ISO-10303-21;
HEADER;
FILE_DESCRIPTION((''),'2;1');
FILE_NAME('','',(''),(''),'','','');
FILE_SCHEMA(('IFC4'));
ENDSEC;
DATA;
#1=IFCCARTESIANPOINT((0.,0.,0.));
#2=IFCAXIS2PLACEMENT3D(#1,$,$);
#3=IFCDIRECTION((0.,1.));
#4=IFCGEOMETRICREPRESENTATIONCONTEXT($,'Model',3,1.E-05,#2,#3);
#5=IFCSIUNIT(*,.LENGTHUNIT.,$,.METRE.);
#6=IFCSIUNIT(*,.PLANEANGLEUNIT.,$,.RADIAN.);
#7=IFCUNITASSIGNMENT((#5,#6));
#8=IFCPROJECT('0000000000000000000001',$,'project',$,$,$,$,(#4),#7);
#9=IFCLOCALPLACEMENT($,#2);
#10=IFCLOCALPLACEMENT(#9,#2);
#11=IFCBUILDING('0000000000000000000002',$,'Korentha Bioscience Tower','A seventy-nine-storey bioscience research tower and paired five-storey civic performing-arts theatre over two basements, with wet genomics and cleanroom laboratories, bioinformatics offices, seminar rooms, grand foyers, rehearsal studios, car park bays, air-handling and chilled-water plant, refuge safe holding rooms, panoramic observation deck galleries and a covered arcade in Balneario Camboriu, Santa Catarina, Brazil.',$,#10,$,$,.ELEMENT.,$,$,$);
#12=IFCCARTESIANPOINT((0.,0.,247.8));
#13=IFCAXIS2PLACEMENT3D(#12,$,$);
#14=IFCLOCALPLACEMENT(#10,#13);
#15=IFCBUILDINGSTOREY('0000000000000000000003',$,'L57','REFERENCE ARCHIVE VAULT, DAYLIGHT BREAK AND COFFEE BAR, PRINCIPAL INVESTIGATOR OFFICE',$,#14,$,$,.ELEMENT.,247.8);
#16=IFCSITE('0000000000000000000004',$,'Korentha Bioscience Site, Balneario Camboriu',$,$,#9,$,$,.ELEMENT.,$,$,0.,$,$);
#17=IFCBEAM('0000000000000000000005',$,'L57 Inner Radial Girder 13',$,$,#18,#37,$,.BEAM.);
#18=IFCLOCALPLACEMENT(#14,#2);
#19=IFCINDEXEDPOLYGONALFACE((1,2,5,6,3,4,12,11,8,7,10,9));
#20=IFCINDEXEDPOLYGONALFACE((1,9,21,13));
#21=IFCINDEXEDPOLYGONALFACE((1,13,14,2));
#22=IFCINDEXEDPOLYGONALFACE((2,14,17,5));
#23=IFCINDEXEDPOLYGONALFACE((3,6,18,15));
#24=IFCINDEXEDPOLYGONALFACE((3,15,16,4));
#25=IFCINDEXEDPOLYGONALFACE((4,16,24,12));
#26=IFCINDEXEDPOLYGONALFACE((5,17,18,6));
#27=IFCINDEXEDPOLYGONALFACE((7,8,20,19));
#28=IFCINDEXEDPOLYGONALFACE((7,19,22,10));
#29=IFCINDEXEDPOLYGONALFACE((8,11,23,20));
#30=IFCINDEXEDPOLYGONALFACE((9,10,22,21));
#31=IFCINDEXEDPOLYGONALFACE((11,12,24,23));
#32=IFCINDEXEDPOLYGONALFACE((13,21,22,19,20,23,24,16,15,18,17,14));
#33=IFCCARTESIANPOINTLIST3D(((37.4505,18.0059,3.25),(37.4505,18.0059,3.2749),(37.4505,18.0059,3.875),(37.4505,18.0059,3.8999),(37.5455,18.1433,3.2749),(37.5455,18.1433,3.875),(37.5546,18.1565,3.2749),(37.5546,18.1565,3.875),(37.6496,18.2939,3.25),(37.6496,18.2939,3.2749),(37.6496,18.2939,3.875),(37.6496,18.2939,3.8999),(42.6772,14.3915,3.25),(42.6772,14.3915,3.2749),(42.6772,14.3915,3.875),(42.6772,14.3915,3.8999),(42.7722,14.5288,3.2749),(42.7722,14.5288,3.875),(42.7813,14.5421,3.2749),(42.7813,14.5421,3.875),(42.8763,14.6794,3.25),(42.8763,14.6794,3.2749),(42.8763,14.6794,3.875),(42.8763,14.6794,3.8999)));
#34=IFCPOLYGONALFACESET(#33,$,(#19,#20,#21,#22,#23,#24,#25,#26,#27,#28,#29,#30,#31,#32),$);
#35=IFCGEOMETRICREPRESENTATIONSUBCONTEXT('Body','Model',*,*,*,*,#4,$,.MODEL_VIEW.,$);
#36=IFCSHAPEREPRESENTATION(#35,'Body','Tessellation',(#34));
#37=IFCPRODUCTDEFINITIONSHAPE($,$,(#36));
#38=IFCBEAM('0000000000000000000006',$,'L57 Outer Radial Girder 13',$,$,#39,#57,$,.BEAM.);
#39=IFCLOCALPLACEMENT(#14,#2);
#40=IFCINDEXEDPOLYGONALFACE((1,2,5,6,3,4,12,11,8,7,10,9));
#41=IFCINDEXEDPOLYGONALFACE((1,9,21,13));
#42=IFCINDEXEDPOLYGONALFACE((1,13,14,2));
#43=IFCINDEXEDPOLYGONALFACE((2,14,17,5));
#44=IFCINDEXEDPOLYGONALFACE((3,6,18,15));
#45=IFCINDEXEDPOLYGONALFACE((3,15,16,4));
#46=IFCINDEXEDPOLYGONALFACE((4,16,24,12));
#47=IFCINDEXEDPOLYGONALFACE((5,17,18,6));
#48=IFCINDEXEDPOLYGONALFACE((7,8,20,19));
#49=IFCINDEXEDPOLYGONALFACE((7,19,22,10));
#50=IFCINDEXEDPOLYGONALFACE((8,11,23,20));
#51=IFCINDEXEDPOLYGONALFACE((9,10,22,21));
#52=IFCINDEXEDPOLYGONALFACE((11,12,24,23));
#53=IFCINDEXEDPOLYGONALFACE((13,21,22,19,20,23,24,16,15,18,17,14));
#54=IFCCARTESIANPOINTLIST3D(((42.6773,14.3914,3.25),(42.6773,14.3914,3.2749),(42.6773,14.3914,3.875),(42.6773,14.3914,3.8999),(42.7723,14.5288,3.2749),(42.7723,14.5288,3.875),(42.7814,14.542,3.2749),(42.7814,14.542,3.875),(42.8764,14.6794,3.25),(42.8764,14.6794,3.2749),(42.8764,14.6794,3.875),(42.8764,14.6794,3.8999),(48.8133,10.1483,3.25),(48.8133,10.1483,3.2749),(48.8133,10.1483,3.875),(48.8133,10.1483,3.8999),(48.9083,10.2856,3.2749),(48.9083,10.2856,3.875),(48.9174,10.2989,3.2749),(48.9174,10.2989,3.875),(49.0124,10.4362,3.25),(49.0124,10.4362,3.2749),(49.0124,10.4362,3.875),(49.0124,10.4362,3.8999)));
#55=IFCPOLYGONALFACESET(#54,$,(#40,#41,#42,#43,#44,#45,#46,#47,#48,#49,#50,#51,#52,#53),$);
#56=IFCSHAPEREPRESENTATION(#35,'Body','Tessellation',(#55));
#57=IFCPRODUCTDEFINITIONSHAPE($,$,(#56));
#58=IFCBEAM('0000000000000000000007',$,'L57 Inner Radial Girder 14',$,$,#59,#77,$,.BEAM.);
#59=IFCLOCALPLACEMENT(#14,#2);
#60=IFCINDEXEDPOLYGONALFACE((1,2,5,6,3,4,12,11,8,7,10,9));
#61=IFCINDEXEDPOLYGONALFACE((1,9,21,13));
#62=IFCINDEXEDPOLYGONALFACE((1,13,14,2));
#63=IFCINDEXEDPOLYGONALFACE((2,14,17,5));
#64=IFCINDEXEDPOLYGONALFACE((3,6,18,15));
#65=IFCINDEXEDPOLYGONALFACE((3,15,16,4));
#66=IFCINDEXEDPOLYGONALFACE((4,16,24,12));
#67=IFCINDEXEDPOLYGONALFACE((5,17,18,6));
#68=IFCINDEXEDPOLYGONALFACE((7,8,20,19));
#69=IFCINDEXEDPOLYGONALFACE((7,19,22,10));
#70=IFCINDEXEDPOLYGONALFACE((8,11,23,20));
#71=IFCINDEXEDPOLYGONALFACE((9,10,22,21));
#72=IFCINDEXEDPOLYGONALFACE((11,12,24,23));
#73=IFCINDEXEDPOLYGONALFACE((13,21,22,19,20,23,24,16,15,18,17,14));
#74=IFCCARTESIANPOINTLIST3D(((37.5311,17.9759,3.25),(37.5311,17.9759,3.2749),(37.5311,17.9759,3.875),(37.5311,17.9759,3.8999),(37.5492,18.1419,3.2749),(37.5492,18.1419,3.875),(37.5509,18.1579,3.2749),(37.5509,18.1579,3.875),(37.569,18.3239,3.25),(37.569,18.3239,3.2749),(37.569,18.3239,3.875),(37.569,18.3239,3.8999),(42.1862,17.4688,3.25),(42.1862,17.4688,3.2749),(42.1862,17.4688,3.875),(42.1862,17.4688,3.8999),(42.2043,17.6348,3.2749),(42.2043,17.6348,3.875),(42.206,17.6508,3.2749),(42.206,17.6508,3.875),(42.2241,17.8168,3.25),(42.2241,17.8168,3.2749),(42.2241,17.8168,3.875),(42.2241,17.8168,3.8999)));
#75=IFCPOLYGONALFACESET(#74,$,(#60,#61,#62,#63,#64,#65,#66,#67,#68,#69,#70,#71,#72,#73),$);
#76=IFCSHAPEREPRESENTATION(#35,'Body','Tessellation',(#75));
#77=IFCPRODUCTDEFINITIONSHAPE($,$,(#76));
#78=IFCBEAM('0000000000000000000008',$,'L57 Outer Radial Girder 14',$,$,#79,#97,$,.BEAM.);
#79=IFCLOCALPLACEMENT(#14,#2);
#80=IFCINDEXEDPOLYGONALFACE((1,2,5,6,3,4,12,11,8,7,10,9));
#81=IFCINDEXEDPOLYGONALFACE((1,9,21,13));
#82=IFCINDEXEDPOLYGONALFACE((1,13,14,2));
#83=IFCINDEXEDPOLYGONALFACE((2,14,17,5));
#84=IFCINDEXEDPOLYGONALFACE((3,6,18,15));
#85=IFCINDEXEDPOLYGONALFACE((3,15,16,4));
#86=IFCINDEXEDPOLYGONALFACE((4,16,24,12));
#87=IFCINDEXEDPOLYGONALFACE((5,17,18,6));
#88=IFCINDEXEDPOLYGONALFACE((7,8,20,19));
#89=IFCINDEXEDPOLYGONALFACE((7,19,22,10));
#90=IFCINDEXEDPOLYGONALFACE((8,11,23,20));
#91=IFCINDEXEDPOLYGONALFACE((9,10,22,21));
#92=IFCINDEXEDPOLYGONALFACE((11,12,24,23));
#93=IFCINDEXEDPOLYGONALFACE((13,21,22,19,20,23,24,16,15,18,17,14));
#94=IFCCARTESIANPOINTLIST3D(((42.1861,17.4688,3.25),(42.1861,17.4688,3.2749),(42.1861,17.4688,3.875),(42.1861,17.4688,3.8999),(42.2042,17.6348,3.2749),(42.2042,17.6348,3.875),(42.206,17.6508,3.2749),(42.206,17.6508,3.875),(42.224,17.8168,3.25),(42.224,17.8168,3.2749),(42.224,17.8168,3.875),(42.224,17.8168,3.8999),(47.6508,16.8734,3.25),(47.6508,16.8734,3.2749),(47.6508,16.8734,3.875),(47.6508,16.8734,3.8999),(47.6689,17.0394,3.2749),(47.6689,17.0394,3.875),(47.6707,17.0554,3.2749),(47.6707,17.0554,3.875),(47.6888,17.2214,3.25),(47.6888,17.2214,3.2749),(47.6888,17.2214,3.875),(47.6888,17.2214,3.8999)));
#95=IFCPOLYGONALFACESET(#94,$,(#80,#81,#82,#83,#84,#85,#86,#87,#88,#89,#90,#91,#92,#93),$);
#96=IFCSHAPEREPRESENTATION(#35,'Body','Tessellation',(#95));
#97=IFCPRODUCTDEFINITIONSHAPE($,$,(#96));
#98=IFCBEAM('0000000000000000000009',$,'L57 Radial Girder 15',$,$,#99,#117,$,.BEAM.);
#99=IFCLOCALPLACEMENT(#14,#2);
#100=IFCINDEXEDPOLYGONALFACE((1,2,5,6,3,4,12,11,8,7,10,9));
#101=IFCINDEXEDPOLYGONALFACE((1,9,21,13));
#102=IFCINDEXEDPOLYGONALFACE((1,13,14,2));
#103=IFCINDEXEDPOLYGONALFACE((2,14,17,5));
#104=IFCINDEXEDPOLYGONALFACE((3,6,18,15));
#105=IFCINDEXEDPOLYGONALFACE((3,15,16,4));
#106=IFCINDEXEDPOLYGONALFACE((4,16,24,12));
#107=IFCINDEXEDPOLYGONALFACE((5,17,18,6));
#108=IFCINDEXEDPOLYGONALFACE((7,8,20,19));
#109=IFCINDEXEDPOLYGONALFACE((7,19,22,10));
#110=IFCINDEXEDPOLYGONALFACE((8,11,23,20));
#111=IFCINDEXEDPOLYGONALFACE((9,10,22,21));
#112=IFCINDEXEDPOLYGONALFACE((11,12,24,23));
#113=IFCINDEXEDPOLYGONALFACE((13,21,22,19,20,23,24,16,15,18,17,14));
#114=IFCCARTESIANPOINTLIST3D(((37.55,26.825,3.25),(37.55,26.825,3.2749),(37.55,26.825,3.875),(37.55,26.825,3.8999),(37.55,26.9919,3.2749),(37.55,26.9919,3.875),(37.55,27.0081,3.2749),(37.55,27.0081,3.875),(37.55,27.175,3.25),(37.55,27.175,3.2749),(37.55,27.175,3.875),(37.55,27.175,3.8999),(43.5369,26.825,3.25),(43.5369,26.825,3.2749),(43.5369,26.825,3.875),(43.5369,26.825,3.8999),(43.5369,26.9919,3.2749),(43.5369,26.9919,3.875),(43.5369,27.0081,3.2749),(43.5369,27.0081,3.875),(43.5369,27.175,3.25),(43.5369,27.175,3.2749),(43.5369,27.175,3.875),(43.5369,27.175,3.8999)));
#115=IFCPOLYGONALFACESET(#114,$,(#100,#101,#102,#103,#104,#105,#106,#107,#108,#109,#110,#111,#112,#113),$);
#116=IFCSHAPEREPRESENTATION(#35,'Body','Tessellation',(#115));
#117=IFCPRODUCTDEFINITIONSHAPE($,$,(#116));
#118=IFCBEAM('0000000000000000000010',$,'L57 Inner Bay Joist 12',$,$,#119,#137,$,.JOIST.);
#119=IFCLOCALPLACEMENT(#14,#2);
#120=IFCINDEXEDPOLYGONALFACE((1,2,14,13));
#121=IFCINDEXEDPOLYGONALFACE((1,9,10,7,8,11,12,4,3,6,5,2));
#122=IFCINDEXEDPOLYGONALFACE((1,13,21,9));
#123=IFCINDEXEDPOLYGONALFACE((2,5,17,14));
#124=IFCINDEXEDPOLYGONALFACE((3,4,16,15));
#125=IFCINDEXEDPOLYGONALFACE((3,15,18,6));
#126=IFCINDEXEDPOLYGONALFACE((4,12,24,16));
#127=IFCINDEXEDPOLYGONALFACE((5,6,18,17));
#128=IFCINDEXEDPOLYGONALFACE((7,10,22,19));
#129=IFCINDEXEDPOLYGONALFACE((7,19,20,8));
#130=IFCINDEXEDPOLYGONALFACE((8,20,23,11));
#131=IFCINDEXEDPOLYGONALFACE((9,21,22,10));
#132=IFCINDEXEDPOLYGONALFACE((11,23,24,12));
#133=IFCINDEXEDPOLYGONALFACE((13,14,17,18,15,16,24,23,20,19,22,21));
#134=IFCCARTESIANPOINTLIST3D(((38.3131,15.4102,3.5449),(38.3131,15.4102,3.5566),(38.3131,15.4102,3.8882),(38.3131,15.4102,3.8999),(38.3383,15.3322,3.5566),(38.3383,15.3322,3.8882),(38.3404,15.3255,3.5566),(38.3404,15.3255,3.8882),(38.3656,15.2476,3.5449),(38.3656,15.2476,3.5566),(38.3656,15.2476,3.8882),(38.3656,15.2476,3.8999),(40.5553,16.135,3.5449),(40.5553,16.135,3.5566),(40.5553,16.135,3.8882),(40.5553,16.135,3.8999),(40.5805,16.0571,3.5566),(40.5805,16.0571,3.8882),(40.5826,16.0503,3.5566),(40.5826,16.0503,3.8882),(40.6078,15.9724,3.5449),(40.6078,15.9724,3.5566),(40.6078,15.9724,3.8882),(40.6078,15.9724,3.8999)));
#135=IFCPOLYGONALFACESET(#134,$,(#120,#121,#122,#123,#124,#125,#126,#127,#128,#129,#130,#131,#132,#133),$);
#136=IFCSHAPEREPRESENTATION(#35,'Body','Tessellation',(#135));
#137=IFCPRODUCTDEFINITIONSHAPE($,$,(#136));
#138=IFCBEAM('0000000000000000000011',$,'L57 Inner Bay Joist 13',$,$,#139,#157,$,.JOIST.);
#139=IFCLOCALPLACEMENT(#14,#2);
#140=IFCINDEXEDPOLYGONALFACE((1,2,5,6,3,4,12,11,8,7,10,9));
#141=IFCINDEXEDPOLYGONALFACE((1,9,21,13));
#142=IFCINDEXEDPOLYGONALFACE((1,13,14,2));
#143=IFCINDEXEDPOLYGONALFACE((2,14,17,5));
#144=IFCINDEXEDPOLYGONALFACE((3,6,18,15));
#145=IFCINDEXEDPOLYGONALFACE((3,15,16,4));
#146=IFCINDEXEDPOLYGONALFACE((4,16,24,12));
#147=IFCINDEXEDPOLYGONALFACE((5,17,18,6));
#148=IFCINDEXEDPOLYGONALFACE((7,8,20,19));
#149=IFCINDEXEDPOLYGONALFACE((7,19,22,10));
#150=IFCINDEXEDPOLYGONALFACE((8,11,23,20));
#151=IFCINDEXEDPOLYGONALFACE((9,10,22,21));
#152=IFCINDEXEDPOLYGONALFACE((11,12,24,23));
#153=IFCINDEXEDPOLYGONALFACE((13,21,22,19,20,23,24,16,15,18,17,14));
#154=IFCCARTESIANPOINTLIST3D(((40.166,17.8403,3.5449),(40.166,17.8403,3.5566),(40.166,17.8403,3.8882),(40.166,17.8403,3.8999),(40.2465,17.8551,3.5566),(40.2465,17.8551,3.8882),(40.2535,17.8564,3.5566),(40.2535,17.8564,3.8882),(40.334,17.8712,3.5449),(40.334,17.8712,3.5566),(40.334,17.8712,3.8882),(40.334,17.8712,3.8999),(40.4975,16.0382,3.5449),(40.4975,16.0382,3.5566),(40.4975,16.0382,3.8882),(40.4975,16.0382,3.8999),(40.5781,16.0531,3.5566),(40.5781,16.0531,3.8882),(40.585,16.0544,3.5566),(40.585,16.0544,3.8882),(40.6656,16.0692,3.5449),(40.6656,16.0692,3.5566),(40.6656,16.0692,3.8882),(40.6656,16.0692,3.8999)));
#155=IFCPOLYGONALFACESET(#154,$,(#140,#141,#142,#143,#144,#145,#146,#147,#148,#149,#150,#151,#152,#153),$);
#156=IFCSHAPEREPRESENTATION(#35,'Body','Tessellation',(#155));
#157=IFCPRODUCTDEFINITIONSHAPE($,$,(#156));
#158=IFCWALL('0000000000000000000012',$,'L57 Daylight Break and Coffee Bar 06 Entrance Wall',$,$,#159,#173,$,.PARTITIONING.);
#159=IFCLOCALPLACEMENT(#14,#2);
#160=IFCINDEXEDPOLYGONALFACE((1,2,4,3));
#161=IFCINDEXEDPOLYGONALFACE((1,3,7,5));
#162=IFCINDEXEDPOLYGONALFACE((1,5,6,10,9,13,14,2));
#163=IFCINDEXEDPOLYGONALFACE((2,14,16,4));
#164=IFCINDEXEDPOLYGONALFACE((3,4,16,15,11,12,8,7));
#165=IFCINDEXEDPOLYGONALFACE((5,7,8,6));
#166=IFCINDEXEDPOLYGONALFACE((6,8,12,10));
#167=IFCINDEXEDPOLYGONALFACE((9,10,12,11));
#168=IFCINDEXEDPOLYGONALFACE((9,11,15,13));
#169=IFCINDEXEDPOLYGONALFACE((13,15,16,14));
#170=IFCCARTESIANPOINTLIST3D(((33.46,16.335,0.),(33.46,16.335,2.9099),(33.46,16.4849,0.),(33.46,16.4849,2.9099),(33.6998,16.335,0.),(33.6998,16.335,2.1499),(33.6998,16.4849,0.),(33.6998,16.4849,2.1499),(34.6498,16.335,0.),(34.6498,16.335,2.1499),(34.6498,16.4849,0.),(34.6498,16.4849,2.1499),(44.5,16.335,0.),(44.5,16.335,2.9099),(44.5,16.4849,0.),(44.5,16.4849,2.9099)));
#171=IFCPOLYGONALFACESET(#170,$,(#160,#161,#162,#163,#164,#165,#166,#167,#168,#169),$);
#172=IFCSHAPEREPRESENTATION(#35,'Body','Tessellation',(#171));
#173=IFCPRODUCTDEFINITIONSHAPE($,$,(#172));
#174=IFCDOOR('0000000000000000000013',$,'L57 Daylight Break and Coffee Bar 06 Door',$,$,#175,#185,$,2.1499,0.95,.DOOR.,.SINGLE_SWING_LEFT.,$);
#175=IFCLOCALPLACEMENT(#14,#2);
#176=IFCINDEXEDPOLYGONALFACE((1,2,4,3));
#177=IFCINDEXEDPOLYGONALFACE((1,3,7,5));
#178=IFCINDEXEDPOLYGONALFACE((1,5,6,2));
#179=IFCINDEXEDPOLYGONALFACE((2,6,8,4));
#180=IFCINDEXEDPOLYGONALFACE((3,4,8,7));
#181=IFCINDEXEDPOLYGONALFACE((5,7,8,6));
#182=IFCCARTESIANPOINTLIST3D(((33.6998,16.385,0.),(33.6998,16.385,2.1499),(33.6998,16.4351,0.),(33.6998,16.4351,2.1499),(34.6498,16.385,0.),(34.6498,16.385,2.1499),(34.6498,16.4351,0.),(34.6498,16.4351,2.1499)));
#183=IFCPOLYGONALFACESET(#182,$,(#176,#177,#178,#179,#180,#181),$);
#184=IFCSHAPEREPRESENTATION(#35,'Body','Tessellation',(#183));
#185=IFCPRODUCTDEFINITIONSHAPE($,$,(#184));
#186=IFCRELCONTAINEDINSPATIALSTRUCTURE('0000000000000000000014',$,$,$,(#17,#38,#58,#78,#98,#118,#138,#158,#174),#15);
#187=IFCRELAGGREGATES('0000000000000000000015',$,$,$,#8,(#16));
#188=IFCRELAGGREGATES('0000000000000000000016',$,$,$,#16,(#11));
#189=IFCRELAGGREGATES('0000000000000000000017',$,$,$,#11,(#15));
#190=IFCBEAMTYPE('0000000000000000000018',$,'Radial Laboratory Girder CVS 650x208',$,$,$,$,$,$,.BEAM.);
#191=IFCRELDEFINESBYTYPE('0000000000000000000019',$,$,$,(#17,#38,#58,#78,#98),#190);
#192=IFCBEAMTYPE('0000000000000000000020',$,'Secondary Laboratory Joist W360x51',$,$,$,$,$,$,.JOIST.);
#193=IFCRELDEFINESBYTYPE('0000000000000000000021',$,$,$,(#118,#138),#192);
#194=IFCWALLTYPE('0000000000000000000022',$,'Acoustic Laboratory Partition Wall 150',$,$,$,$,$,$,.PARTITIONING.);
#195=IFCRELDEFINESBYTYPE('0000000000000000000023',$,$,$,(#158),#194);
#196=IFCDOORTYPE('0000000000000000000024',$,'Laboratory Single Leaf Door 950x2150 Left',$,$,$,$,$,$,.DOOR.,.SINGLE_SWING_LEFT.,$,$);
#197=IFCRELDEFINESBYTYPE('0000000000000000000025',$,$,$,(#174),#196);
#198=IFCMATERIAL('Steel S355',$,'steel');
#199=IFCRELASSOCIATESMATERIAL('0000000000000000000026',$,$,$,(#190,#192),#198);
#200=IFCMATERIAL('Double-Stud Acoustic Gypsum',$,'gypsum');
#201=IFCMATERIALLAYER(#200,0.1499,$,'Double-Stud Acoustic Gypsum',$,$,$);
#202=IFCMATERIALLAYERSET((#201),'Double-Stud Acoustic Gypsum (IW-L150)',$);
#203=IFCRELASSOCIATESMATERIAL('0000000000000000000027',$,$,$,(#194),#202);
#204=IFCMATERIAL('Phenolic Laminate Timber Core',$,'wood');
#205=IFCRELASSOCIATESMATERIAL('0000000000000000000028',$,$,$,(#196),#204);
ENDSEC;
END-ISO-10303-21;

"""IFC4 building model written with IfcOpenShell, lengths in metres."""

from ifc_helpers import new_model, si_unit, direction, frame, frame_2d, origin, origin_2d, place, context, subcontext, project, spatial, rectangle, i_section, extrude, material, layer, layer_set, material_profile, profile_set, type_object, element, fill, save


model = new_model("IFC4")

# Units and contexts
model_context = context("Model", 3, precision=1e-05, world=origin(), true_north=direction((0.0, 1.0)))
body_context = subcontext(model_context, "Body", "Model", "MODEL_VIEW")
ifc_project = project(units=[si_unit("LENGTHUNIT", "METRE"), si_unit("PLANEANGLEUNIT", "RADIAN")], contexts=[model_context])

# Site, building, storey
site_placement = place(None, origin())
site = spatial("IfcSite", under=ifc_project, at=site_placement, Name="Korentha Bioscience Site, Balneario Camboriu", CompositionType="ELEMENT", RefElevation=0.0)
building_placement = place(site_placement, origin())
building = spatial("IfcBuilding", under=site, at=building_placement, Name="Korentha Bioscience Tower", Description="A seventy-nine-storey bioscience research tower and paired five-storey civic performing-arts theatre over two basements, with wet genomics and cleanroom laboratories, bioinformatics offices, seminar rooms, grand foyers, rehearsal studios, car park bays, air-handling and chilled-water plant, refuge safe holding rooms, panoramic observation deck galleries and a covered arcade in Balneario Camboriu, Santa Catarina, Brazil.", CompositionType="ELEMENT")
storey_placement = place(building_placement, frame((0.0, 0.0, 247.8)))
storey = spatial("IfcBuildingStorey", under=building, at=storey_placement, Name="L57", Description="REFERENCE ARCHIVE VAULT, DAYLIGHT BREAK AND COFFEE BAR, PRINCIPAL INVESTIGATOR OFFICE", CompositionType="ELEMENT", Elevation=247.8)

# Beams
ifc_material_1 = material(Name="Steel S355", Category="steel")
ifc_material_profile_1 = material_profile(ifc_material_1, i_section(OverallWidth=0.3501, OverallDepth=0.6499, WebThickness=0.0161, FlangeThickness=0.0249, at=origin_2d()), Name="Steel S355")
ifc_profile_set_1 = profile_set([ifc_material_profile_1], Name="Steel S355 (RB-650)")
beam_type_1 = type_object("IfcBeamType", Name="Radial Laboratory Girder CVS 650x208", PredefinedType="BEAM", material=ifc_profile_set_1)
beam_1_placement = place(storey_placement, frame((37.55, 18.1499, 3.575), z_axis=(0.822491, -0.568778, 0.0), x_axis=(0.568778, 0.822491, 0.0)))
element("IfcBeam", 1, at=beam_1_placement, inside=storey, type_object=beam_type_1, Name="L57 Inner Radial Girder 13", PredefinedType="BEAM", context=body_context, shape_type="SweptSolid", body=[
    extrude(i_section(OverallWidth=0.3501, OverallDepth=0.6499, WebThickness=0.0161, FlangeThickness=0.0249, at=origin_2d()), origin(), (0.0, 0.0, 1.0), 6.3547),
])
beam_2_placement = place(storey_placement, frame((42.7769, 14.5354, 3.575), z_axis=(0.822495, -0.568773, 0.0), x_axis=(0.568773, 0.822495, 0.0)))
element("IfcBeam", 2, at=beam_2_placement, inside=storey, type_object=beam_type_1, Name="L57 Outer Radial Girder 13", PredefinedType="BEAM", context=body_context, shape_type="SweptSolid", body=[
    extrude(i_section(OverallWidth=0.3501, OverallDepth=0.6499, WebThickness=0.0161, FlangeThickness=0.0249, at=origin_2d()), origin(), (0.0, 0.0, 1.0), 7.4602),
])
beam_3_placement = place(storey_placement, frame((37.55, 18.1499, 3.575), z_axis=(0.994119, -0.108291, 0.0), x_axis=(0.108291, 0.994119, 0.0)))
element("IfcBeam", 3, at=beam_3_placement, inside=storey, type_object=beam_type_1, Name="L57 Inner Radial Girder 14", PredefinedType="BEAM", context=body_context, shape_type="SweptSolid", body=[
    extrude(i_section(OverallWidth=0.3501, OverallDepth=0.6499, WebThickness=0.0161, FlangeThickness=0.0249, at=origin_2d()), origin(), (0.0, 0.0, 1.0), 4.6826),
])
beam_4_placement = place(storey_placement, frame((42.2051, 17.6428, 3.575), z_axis=(0.994116, -0.108321, 0.0), x_axis=(0.108321, 0.994116, 0.0)))
element("IfcBeam", 4, at=beam_4_placement, inside=storey, type_object=beam_type_1, Name="L57 Outer Radial Girder 14", PredefinedType="BEAM", context=body_context, shape_type="SweptSolid", body=[
    extrude(i_section(OverallWidth=0.3501, OverallDepth=0.6499, WebThickness=0.0161, FlangeThickness=0.0249, at=origin_2d()), origin(), (0.0, 0.0, 1.0), 5.4971),
])
beam_5_placement = place(storey_placement, frame((37.55, 27.0, 3.575), z_axis=(1.0, 0.0, 0.0), x_axis=(0.0, 1.0, 0.0)))
element("IfcBeam", 5, at=beam_5_placement, inside=storey, type_object=beam_type_1, Name="L57 Radial Girder 15", PredefinedType="BEAM", context=body_context, shape_type="SweptSolid", body=[
    extrude(i_section(OverallWidth=0.3501, OverallDepth=0.6499, WebThickness=0.0161, FlangeThickness=0.0249, at=origin_2d()), origin(), (0.0, 0.0, 1.0), 5.9868),
])
ifc_material_profile_2 = material_profile(ifc_material_1, i_section(OverallWidth=0.1709, OverallDepth=0.355, WebThickness=0.0071, FlangeThickness=0.0117, at=origin_2d()), Name="Steel S355")
ifc_profile_set_2 = profile_set([ifc_material_profile_2], Name="Steel S355 (JB-360)")
beam_type_2 = type_object("IfcBeamType", Name="Secondary Laboratory Joist W360x51", PredefinedType="JOIST", material=ifc_profile_set_2)
beam_6_placement = place(storey_placement, frame((38.3394, 15.3289, 3.7224), z_axis=(0.951514, 0.307605, 0.0), x_axis=(-0.307605, 0.951514, 0.0)))
element("IfcBeam", 6, at=beam_6_placement, inside=storey, type_object=beam_type_2, Name="L57 Inner Bay Joist 12", PredefinedType="JOIST", context=body_context, shape_type="SweptSolid", body=[
    extrude(i_section(OverallWidth=0.1709, OverallDepth=0.355, WebThickness=0.0071, FlangeThickness=0.0117, at=origin_2d()), origin(), (0.0, 0.0, 1.0), 2.3564),
])
beam_7_placement = place(storey_placement, frame((40.5815, 16.0537, 3.7224), z_axis=(-0.180949, 0.983493, 0.0), x_axis=(-0.983493, -0.180949, 0.0)))
element("IfcBeam", 7, at=beam_7_placement, inside=storey, type_object=beam_type_2, Name="L57 Inner Bay Joist 13", PredefinedType="JOIST", context=body_context, shape_type="SweptSolid", body=[
    extrude(i_section(OverallWidth=0.1709, OverallDepth=0.355, WebThickness=0.0071, FlangeThickness=0.0117, at=origin_2d()), origin(), (0.0, 0.0, 1.0), 1.8323),
])

# Wall, opening, door
ifc_material_2 = material(Name="Double-Stud Acoustic Gypsum", Category="gypsum")
ifc_layer_1 = layer(ifc_material_2, 0.1499, Name="Double-Stud Acoustic Gypsum")
ifc_layer_set_1 = layer_set([ifc_layer_1], Name="Double-Stud Acoustic Gypsum (IW-L150)")
wall_type_1 = type_object("IfcWallType", Name="Acoustic Laboratory Partition Wall 150", PredefinedType="PARTITIONING", material=ifc_layer_set_1)
wall_1_placement = place(storey_placement, frame((44.5, 16.4099, 0.0), z_axis=(0.0, 0.0, 1.0), x_axis=(-1.0, 0.0, 0.0)))
wall_1 = element("IfcWall", 8, at=wall_1_placement, inside=storey, type_object=wall_type_1, Name="L57 Daylight Break and Coffee Bar 06 Entrance Wall", PredefinedType="PARTITIONING", context=body_context, shape_type="SweptSolid", body=[
    extrude(rectangle(XDim=11.04, YDim=0.1499, at=frame_2d((5.52, 0.0))), origin(), (0.0, 0.0, 1.0), 2.9099),
])
opening_placement = place(wall_1_placement, frame((9.8501, 0.0, 0.0)))
opening = element("IfcOpeningElement", 9, at=opening_placement, cuts=wall_1, PredefinedType="OPENING", context=body_context, shape_type="SweptSolid", body=[
    extrude(rectangle(XDim=0.95, YDim=2.1499, at=frame_2d((0.4751, 1.075))), frame((0.0, 0.0898, 0.0), z_axis=(0.0, -1.0, 0.0), x_axis=(1.0, 0.0, 0.0)), (0.0, 0.0, 1.0), 0.1797),
])
ifc_material_3 = material(Name="Phenolic Laminate Timber Core", Category="wood")
door_type = type_object("IfcDoorType", Name="Laboratory Single Leaf Door 950x2150 Left", OperationType="SINGLE_SWING_LEFT", PredefinedType="DOOR", material=ifc_material_3)
door_placement = place(opening_placement, origin())
door = element("IfcDoor", 10, at=door_placement, inside=storey, type_object=door_type, Name="L57 Daylight Break and Coffee Bar 06 Door", OperationType="SINGLE_SWING_LEFT", OverallHeight=2.1499, OverallWidth=0.95, PredefinedType="DOOR", context=body_context, shape_type="SweptSolid", body=[
    extrude(rectangle(XDim=0.95, YDim=2.1499, at=frame_2d((0.4751, 1.075))), frame((0.0, 0.0249, 0.0), z_axis=(0.0, -1.0, 0.0), x_axis=(1.0, 0.0, 0.0)), (0.0, 0.0, 1.0), 0.05),
])
fill(opening, door)

save(model, "model.ifc")
